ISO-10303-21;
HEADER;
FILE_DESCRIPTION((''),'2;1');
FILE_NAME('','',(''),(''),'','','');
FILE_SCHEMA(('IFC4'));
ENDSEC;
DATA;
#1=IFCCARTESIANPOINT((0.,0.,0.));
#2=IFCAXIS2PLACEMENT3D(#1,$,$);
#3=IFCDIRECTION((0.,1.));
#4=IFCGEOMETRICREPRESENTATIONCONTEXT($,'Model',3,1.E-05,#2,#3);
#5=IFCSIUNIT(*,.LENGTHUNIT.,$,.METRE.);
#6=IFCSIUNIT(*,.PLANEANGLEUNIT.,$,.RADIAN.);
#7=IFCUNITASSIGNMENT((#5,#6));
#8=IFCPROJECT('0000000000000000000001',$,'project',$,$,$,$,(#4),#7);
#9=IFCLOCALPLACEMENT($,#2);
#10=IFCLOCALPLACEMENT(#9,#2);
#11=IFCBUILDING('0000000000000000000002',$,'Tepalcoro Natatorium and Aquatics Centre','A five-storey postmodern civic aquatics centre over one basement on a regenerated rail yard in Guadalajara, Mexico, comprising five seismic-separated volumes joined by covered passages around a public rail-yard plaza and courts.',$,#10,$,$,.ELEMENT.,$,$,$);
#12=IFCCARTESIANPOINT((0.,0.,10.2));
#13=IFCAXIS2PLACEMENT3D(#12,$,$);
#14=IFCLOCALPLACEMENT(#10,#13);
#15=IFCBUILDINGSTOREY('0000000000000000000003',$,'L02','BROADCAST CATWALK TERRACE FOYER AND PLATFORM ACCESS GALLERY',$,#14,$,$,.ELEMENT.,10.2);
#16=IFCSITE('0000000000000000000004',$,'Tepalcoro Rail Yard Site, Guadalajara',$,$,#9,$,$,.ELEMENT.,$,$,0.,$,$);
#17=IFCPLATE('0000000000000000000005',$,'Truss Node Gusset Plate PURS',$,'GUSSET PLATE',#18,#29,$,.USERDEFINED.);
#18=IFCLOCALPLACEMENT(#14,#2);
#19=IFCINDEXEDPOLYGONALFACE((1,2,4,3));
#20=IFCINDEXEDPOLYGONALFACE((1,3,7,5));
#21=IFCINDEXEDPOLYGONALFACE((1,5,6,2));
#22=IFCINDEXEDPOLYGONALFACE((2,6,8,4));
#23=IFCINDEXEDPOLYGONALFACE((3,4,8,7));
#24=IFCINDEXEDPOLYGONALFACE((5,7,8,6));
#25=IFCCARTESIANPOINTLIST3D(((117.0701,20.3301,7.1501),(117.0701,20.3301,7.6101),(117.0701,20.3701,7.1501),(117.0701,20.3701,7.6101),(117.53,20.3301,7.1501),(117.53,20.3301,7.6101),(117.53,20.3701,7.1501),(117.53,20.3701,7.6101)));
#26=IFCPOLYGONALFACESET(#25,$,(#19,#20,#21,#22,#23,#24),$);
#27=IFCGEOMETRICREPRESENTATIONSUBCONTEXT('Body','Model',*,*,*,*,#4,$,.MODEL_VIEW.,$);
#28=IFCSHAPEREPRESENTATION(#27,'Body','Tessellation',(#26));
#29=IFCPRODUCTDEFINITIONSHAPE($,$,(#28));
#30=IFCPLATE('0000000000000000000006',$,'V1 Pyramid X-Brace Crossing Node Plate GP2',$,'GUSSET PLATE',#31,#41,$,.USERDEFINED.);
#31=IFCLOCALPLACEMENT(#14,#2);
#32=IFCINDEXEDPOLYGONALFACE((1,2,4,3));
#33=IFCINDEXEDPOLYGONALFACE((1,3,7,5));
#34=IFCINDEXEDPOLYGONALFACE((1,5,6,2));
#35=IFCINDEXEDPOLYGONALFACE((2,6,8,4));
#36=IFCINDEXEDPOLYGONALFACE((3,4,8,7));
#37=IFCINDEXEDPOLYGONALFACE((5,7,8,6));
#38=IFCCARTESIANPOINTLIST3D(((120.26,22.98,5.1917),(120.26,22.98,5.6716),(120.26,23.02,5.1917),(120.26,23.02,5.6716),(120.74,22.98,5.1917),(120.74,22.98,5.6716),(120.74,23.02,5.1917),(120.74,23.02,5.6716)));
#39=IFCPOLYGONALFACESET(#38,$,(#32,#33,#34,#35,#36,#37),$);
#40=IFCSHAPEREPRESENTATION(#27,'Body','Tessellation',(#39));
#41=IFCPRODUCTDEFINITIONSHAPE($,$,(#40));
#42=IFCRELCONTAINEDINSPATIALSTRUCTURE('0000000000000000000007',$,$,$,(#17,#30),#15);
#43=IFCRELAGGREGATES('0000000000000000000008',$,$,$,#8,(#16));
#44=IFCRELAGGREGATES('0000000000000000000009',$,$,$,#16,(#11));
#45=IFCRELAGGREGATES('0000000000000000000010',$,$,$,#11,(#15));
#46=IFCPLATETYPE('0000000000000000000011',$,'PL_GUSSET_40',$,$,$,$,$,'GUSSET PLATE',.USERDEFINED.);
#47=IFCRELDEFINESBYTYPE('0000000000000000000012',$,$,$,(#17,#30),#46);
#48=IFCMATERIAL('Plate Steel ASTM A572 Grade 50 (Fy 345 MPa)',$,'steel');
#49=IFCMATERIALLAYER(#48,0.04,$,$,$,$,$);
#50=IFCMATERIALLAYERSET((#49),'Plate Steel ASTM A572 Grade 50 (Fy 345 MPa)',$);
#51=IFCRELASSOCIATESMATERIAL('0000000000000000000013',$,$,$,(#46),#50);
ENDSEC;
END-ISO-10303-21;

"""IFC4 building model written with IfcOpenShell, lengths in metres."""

from ifc_helpers import new_model, si_unit, direction, frame, origin, origin_2d, place, context, subcontext, project, spatial, rectangle, extrude, material, layer, layer_set, type_object, element, save


model = new_model("IFC4")

# Units and contexts
model_context = context("Model", 3, precision=1e-05, world=origin(), true_north=direction((0.0, 1.0)))
body_context = subcontext(model_context, "Body", "Model", "MODEL_VIEW")
ifc_project = project(units=[si_unit("LENGTHUNIT", "METRE"), si_unit("PLANEANGLEUNIT", "RADIAN")], contexts=[model_context])

# Site, building, storey
site_placement = place(None, origin())
site = spatial("IfcSite", under=ifc_project, at=site_placement, Name="Tepalcoro Rail Yard Site, Guadalajara", CompositionType="ELEMENT", RefElevation=0.0)
building_placement = place(site_placement, origin())
building = spatial("IfcBuilding", under=site, at=building_placement, Name="Tepalcoro Natatorium and Aquatics Centre", Description="A five-storey postmodern civic aquatics centre over one basement on a regenerated rail yard in Guadalajara, Mexico, comprising five seismic-separated volumes joined by covered passages around a public rail-yard plaza and courts.", CompositionType="ELEMENT")
storey_placement = place(building_placement, frame((0.0, 0.0, 10.2)))
storey = spatial("IfcBuildingStorey", under=building, at=storey_placement, Name="L02", Description="BROADCAST CATWALK TERRACE FOYER AND PLATFORM ACCESS GALLERY", CompositionType="ELEMENT", Elevation=10.2)

# Plates
ifc_material_1 = material(Name="Plate Steel ASTM A572 Grade 50 (Fy 345 MPa)", Category="steel")
ifc_layer_1 = layer(ifc_material_1, 0.04)
ifc_layer_set_1 = layer_set([ifc_layer_1], Name="Plate Steel ASTM A572 Grade 50 (Fy 345 MPa)")
plate_type_1 = type_object("IfcPlateType", Name="PL_GUSSET_40", ElementType="GUSSET PLATE", PredefinedType="USERDEFINED", material=ifc_layer_set_1)
plate_1_placement = place(storey_placement, frame((117.3, 20.3501, 7.1501), z_axis=(0.0, 0.0, 1.0), x_axis=(1.0, 0.0, 0.0)))
element("IfcPlate", 1, at=plate_1_placement, inside=storey, type_object=plate_type_1, Name="Truss Node Gusset Plate PURS", ObjectType="GUSSET PLATE", PredefinedType="USERDEFINED", context=body_context, shape_type="SweptSolid", body=[
    extrude(rectangle(XDim=0.46, YDim=0.04, at=origin_2d()), origin(), (0.0, 0.0, 1.0), 0.46),
])
plate_2_placement = place(storey_placement, frame((120.5, 23.0, 5.1917), z_axis=(0.0, 0.0, 1.0), x_axis=(1.0, 0.0, 0.0)))
element("IfcPlate", 2, at=plate_2_placement, inside=storey, type_object=plate_type_1, Name="V1 Pyramid X-Brace Crossing Node Plate GP2", ObjectType="GUSSET PLATE", PredefinedType="USERDEFINED", context=body_context, shape_type="SweptSolid", body=[
    extrude(rectangle(XDim=0.48, YDim=0.04, at=origin_2d()), origin(), (0.0, 0.0, 1.0), 0.48),
])

save(model, "model.ifc")
